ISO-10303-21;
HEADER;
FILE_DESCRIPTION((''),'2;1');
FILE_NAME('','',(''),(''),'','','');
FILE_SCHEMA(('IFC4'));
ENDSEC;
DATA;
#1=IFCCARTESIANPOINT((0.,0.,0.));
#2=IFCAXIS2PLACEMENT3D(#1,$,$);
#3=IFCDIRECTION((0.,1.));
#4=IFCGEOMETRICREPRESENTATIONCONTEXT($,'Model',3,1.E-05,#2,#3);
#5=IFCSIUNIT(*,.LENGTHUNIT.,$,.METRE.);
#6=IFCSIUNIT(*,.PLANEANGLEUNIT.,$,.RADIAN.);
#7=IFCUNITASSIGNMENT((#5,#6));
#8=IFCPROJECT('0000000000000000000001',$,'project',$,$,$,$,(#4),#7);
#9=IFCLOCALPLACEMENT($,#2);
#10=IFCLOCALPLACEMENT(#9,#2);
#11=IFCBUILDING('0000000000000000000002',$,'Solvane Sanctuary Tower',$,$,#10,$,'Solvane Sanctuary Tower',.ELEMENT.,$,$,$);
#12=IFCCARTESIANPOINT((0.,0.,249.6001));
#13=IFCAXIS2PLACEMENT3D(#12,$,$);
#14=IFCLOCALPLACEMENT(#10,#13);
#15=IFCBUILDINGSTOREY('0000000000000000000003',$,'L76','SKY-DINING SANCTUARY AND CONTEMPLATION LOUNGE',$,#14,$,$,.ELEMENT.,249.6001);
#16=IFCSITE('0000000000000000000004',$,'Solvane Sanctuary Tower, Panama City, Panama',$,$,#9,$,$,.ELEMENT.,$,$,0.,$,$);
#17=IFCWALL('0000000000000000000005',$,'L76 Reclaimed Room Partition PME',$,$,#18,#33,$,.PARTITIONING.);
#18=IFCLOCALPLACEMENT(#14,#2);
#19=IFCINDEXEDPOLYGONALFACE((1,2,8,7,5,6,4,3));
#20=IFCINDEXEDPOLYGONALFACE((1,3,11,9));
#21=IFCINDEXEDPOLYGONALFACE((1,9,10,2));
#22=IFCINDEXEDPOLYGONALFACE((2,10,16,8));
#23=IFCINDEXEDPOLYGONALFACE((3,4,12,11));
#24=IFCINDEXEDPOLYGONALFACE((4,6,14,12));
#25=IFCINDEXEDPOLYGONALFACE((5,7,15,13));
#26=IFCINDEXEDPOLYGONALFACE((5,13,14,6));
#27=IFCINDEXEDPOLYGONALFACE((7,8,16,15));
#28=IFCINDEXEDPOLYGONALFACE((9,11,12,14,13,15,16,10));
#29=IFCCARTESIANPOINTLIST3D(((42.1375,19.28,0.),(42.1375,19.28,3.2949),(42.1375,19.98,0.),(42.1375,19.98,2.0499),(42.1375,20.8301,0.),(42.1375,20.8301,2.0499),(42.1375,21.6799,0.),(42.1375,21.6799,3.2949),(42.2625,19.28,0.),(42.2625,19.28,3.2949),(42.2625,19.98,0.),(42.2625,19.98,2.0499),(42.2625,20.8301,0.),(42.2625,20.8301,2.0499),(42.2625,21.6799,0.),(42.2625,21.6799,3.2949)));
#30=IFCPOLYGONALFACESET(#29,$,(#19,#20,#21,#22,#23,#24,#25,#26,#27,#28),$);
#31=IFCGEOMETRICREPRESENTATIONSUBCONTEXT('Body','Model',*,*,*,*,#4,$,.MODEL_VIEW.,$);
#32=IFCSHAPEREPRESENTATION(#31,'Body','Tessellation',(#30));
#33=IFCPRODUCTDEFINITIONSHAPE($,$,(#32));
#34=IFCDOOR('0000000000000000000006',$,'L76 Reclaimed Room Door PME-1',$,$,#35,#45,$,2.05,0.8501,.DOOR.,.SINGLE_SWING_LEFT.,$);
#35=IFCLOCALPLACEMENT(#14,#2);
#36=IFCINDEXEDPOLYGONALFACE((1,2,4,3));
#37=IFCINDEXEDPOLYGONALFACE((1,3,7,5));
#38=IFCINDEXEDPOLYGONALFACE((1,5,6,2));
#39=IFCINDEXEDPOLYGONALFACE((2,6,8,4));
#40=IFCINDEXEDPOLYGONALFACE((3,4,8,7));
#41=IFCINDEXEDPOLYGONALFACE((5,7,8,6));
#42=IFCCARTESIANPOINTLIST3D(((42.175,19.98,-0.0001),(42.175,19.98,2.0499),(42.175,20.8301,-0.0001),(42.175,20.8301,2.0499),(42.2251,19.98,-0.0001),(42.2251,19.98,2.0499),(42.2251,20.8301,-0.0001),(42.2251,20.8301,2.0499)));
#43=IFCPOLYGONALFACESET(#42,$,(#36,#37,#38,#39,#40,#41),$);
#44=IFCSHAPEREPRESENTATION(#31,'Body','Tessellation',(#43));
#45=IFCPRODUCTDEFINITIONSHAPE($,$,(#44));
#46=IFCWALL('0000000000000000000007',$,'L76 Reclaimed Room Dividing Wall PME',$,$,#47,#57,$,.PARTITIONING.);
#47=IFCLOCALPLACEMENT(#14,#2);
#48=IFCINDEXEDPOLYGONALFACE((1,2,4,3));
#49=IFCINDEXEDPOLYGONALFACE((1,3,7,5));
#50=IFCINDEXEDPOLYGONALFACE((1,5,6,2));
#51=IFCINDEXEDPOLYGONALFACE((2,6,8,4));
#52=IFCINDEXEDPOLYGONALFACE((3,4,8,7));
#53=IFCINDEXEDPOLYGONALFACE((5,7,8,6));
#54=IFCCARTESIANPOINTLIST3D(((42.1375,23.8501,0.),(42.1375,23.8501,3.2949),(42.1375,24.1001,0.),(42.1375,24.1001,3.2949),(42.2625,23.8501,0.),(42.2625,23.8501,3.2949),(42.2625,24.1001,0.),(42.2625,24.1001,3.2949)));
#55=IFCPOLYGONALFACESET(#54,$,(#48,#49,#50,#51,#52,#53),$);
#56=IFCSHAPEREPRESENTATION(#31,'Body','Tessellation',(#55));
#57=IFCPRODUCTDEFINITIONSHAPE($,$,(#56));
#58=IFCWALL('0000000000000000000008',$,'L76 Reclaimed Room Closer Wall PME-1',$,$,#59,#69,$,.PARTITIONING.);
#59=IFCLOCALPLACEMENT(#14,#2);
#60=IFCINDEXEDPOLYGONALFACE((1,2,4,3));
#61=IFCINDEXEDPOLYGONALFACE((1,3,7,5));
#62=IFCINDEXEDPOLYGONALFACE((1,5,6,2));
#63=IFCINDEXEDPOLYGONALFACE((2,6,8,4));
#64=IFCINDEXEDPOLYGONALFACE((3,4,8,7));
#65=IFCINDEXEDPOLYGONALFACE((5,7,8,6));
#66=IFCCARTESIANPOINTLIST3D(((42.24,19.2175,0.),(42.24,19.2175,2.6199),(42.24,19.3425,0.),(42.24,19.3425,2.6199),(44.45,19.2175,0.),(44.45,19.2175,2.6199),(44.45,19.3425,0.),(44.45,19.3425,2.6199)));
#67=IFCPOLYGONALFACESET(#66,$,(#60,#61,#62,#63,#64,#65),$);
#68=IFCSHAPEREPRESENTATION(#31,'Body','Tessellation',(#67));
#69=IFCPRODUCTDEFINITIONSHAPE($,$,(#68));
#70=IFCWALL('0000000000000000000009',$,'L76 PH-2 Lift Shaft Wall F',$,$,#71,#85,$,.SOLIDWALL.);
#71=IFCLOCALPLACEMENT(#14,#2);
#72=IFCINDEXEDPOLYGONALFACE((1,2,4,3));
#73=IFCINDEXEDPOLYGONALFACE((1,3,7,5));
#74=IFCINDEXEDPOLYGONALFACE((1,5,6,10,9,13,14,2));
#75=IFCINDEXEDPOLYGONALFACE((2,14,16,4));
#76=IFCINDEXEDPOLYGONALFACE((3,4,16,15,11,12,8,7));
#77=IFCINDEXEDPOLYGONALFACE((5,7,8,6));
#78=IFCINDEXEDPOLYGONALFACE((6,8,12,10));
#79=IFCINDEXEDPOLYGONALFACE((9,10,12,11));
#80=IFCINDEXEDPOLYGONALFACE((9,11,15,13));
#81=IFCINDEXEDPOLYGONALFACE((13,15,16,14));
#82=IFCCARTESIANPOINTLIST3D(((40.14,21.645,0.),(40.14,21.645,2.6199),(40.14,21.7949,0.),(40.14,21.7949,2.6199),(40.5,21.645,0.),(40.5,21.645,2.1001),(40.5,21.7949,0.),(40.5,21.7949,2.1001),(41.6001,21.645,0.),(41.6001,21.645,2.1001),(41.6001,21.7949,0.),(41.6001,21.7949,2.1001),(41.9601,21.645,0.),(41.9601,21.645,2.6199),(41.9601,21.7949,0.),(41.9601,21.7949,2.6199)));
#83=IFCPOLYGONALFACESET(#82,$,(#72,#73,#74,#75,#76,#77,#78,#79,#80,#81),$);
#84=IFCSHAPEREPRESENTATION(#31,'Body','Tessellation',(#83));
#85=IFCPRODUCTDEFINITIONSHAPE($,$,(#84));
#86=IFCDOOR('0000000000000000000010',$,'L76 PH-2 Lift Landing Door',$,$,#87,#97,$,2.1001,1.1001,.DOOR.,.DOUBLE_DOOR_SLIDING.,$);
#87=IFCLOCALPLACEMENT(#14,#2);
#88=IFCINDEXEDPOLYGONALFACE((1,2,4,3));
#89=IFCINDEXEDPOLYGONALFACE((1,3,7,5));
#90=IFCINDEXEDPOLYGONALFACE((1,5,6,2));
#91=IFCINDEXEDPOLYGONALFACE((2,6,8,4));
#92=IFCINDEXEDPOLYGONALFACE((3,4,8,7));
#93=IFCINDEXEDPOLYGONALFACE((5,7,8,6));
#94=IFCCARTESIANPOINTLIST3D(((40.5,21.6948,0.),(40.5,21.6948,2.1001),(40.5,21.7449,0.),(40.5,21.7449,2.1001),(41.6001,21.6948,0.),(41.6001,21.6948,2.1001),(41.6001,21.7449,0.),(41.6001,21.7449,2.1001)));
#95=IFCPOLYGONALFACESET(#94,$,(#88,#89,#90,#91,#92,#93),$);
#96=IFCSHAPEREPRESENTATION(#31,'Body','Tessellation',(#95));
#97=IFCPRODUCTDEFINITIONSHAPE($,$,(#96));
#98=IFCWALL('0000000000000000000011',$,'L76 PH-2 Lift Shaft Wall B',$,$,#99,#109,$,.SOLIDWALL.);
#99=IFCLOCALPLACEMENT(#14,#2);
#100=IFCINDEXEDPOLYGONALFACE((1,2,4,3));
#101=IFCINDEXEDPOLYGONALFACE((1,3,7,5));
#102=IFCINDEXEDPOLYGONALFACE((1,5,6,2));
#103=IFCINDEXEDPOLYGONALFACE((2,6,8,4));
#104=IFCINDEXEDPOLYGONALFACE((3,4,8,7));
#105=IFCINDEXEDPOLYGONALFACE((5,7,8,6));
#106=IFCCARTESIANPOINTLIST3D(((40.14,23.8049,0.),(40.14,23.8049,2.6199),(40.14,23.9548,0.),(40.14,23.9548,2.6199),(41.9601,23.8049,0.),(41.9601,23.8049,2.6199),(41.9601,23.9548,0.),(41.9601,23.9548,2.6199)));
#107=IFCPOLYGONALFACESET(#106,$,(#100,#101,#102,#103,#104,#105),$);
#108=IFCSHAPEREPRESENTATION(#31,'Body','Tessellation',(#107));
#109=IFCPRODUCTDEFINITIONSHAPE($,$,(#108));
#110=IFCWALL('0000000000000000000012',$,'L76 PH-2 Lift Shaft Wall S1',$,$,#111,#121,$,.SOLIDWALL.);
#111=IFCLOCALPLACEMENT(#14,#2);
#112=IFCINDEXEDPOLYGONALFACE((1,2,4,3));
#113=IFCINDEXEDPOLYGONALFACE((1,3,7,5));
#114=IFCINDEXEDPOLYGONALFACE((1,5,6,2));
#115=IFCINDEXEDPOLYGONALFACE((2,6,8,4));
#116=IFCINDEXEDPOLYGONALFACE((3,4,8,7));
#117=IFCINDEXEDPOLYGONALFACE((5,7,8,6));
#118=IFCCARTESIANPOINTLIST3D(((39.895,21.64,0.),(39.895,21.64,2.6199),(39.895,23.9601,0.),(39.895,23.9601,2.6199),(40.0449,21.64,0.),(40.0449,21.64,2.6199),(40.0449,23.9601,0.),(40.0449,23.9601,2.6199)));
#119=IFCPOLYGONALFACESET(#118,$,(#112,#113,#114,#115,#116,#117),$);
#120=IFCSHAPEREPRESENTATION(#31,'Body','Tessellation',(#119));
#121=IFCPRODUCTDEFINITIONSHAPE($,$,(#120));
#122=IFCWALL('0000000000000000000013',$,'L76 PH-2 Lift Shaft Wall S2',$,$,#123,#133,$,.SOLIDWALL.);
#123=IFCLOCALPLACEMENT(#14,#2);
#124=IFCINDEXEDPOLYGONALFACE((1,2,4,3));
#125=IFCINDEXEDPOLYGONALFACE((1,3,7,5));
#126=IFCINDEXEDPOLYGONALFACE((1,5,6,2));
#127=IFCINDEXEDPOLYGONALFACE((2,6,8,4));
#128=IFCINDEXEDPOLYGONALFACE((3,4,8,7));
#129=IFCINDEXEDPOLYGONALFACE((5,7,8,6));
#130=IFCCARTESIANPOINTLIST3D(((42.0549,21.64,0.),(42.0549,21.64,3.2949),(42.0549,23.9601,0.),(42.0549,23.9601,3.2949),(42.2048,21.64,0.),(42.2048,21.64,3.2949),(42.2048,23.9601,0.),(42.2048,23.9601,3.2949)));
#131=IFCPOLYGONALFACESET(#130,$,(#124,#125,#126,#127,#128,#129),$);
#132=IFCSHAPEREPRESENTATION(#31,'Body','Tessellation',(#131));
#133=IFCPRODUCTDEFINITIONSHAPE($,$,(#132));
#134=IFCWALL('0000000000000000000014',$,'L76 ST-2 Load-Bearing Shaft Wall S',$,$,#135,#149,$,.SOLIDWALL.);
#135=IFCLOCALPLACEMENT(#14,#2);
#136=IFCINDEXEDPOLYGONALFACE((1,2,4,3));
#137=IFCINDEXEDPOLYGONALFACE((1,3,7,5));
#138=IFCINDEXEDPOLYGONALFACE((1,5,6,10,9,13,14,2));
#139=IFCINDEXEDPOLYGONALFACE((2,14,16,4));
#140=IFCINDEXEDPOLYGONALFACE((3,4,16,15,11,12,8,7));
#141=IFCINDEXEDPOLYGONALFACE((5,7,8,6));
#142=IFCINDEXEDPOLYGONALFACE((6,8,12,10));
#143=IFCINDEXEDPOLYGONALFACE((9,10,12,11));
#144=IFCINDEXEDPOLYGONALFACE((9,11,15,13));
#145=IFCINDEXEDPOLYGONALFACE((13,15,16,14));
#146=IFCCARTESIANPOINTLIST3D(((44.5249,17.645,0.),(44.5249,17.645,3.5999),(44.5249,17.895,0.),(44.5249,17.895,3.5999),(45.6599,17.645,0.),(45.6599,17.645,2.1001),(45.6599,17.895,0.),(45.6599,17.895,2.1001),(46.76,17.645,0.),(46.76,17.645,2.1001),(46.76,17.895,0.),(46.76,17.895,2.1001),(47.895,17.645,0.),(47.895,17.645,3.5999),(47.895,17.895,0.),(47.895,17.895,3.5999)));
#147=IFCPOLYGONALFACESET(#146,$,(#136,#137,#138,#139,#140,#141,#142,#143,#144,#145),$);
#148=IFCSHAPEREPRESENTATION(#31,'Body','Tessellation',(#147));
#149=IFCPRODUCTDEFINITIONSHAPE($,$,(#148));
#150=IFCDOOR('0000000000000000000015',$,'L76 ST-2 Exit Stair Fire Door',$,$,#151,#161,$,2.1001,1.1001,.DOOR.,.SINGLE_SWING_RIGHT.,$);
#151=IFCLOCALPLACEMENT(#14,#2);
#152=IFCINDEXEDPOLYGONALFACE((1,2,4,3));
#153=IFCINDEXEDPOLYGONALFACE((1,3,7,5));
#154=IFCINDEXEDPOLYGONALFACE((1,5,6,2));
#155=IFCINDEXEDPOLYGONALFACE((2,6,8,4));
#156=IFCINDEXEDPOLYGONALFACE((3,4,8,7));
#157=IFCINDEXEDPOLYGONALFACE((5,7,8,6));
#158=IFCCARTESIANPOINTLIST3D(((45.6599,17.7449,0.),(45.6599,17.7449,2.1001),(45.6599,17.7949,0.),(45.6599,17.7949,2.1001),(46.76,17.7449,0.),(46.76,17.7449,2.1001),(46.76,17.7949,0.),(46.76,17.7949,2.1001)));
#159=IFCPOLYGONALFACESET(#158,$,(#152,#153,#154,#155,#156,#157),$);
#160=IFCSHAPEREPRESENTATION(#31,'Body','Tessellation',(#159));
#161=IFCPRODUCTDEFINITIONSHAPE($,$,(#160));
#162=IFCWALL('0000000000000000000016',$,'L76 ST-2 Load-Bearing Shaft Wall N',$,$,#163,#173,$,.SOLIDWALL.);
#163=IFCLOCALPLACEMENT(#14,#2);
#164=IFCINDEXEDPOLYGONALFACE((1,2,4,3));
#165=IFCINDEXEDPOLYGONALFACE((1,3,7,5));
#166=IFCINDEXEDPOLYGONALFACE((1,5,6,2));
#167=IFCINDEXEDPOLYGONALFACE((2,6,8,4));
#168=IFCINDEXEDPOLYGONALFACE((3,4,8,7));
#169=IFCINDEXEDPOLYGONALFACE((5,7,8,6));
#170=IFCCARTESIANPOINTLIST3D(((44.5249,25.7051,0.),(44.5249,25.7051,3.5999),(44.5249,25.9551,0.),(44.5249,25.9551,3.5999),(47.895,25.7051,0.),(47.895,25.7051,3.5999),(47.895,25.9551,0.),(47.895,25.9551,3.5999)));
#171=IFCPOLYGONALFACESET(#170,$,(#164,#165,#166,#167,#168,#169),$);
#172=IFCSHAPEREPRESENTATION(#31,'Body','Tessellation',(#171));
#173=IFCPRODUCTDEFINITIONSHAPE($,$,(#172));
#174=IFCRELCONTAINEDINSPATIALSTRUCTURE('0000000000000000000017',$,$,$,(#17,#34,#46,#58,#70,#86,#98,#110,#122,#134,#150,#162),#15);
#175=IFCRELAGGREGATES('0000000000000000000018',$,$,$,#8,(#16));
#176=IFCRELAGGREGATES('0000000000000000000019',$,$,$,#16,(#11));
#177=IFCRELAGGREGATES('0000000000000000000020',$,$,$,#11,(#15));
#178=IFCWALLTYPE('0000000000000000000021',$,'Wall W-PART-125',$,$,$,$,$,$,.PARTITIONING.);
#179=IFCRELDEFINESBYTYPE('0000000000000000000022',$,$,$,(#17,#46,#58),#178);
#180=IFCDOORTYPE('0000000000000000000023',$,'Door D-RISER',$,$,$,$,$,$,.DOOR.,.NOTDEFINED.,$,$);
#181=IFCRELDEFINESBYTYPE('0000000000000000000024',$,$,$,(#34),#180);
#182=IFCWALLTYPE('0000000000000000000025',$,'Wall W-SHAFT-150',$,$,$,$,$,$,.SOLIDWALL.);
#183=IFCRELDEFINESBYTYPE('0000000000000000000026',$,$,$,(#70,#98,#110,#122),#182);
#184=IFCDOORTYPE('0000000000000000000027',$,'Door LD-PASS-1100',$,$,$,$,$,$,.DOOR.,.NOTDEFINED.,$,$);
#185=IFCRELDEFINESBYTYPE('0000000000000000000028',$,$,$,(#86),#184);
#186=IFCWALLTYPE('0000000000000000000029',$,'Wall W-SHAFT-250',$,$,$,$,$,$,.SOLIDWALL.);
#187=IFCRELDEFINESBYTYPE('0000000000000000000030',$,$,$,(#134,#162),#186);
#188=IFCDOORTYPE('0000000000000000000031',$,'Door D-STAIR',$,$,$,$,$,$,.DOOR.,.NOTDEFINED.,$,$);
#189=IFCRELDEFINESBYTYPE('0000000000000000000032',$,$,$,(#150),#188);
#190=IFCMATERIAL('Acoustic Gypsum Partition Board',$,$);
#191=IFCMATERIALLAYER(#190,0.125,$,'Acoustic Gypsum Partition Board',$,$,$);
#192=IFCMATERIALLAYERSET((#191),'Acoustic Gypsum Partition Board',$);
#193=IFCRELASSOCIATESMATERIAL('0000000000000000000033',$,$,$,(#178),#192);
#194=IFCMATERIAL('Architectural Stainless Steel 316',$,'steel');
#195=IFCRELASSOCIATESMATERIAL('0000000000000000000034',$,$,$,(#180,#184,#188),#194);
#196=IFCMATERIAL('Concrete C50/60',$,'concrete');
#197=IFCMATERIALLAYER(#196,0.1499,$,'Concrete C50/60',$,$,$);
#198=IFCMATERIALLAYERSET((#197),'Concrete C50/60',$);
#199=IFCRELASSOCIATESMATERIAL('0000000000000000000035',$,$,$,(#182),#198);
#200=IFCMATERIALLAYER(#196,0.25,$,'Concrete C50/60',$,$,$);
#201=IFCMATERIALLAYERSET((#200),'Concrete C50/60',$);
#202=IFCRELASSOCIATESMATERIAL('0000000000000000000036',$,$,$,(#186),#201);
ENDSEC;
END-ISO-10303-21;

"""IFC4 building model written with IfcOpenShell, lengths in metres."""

from ifc_helpers import new_model, si_unit, direction, frame, frame_2d, origin, place, context, subcontext, project, spatial, rectangle, extrude, material, layer, layer_set, type_object, element, fill, save


model = new_model("IFC4")

# Units and contexts
model_context = context("Model", 3, precision=1e-05, world=origin(), true_north=direction((0.0, 1.0)))
body_context = subcontext(model_context, "Body", "Model", "MODEL_VIEW")
ifc_project = project(units=[si_unit("LENGTHUNIT", "METRE"), si_unit("PLANEANGLEUNIT", "RADIAN")], contexts=[model_context])

# Site, building, storey
site_placement = place(None, origin())
site = spatial("IfcSite", under=ifc_project, at=site_placement, Name="Solvane Sanctuary Tower, Panama City, Panama", CompositionType="ELEMENT", RefElevation=0.0)
building_placement = place(site_placement, origin())
building = spatial("IfcBuilding", under=site, at=building_placement, Name="Solvane Sanctuary Tower", LongName="Solvane Sanctuary Tower", CompositionType="ELEMENT")
storey_placement = place(building_placement, frame((0.0, 0.0, 249.6001)))
storey = spatial("IfcBuildingStorey", under=building, at=storey_placement, Name="L76", Description="SKY-DINING SANCTUARY AND CONTEMPLATION LOUNGE", CompositionType="ELEMENT", Elevation=249.6001)

# Shared definitions
ifc_material_1 = material(Name="Acoustic Gypsum Partition Board")

# Shared definitions
ifc_material_2 = material(Name="Architectural Stainless Steel 316", Category="steel")

# Wall, opening, door
ifc_layer_1 = layer(ifc_material_1, 0.125, Name="Acoustic Gypsum Partition Board")
ifc_layer_set_1 = layer_set([ifc_layer_1], Name="Acoustic Gypsum Partition Board")
wall_type_1 = type_object("IfcWallType", Name="Wall W-PART-125", PredefinedType="PARTITIONING", material=ifc_layer_set_1)
door_type_1 = type_object("IfcDoorType", Name="Door D-RISER", OperationType="NOTDEFINED", PredefinedType="DOOR", material=ifc_material_2)
wall_1_placement = place(storey_placement, frame((42.2, 19.28, 0.0), z_axis=(0.0, 0.0, 1.0), x_axis=(0.0, 1.0, 0.0)))
wall_1 = element("IfcWall", 1, at=wall_1_placement, inside=storey, type_object=wall_type_1, Name="L76 Reclaimed Room Partition PME", PredefinedType="PARTITIONING", context=body_context, shape_type="SweptSolid", body=[
    extrude(rectangle(XDim=2.3999, YDim=0.125, at=frame_2d((1.2, 0.0))), origin(), (0.0, 0.0, 1.0), 3.2949),
])
opening_1_placement = place(wall_1_placement, frame((0.7, 0.0, 0.0)))
opening_1 = element("IfcOpeningElement", 2, at=opening_1_placement, cuts=wall_1, PredefinedType="OPENING", context=body_context, shape_type="SweptSolid", body=[
    extrude(rectangle(XDim=0.8501, YDim=2.05, at=frame_2d((0.425, 1.0249))), frame((0.0, 0.0725, 0.0), z_axis=(0.0, -1.0, 0.0), x_axis=(1.0, 0.0, 0.0)), (0.0, 0.0, 1.0), 0.145),
])
door_1_placement = place(opening_1_placement, origin())
door_1 = element("IfcDoor", 3, at=door_1_placement, inside=storey, type_object=door_type_1, Name="L76 Reclaimed Room Door PME-1", OperationType="SINGLE_SWING_LEFT", OverallHeight=2.05, OverallWidth=0.8501, PredefinedType="DOOR", context=body_context, shape_type="SweptSolid", body=[
    extrude(rectangle(XDim=0.8501, YDim=2.05, at=frame_2d((0.425, 1.0249))), frame((0.0, 0.0249, 0.0), z_axis=(0.0, -1.0, 0.0), x_axis=(1.0, 0.0, 0.0)), (0.0, 0.0, 1.0), 0.05),
])
fill(opening_1, door_1)

# Walls
wall_2_placement = place(storey_placement, frame((42.2, 23.8501, 0.0), z_axis=(0.0, 0.0, 1.0), x_axis=(0.0, 1.0, 0.0)))
element("IfcWall", 4, at=wall_2_placement, inside=storey, type_object=wall_type_1, Name="L76 Reclaimed Room Dividing Wall PME", PredefinedType="PARTITIONING", context=body_context, shape_type="SweptSolid", body=[
    extrude(rectangle(XDim=0.25, YDim=0.125, at=frame_2d((0.125, 0.0))), origin(), (0.0, 0.0, 1.0), 3.2949),
])
wall_3_placement = place(storey_placement, frame((42.24, 19.28, 0.0), z_axis=(0.0, 0.0, 1.0), x_axis=(1.0, 0.0, 0.0)))
element("IfcWall", 5, at=wall_3_placement, inside=storey, type_object=wall_type_1, Name="L76 Reclaimed Room Closer Wall PME-1", PredefinedType="PARTITIONING", context=body_context, shape_type="SweptSolid", body=[
    extrude(rectangle(XDim=2.21, YDim=0.125, at=frame_2d((1.105, 0.0))), origin(), (0.0, 0.0, 1.0), 2.6199),
])

# Wall, opening, door
ifc_material_3 = material(Name="Concrete C50/60", Category="concrete")
ifc_layer_2 = layer(ifc_material_3, 0.1499, Name="Concrete C50/60")
ifc_layer_set_2 = layer_set([ifc_layer_2], Name="Concrete C50/60")
wall_type_2 = type_object("IfcWallType", Name="Wall W-SHAFT-150", PredefinedType="SOLIDWALL", material=ifc_layer_set_2)
wall_4_placement = place(storey_placement, frame((40.1399, 21.72, 0.0), z_axis=(0.0, 0.0, 1.0), x_axis=(1.0, 0.0, 0.0)))
wall_4 = element("IfcWall", 6, at=wall_4_placement, inside=storey, type_object=wall_type_2, Name="L76 PH-2 Lift Shaft Wall F", PredefinedType="SOLIDWALL", context=body_context, shape_type="SweptSolid", body=[
    extrude(rectangle(XDim=1.8201, YDim=0.1499, at=frame_2d((0.9102, 0.0))), origin(), (0.0, 0.0, 1.0), 2.6199),
])
opening_2_placement = place(wall_4_placement, frame((0.3601, 0.0, 0.0)))
opening_2 = element("IfcOpeningElement", 7, at=opening_2_placement, cuts=wall_4, PredefinedType="OPENING", context=body_context, shape_type="SweptSolid", body=[
    extrude(rectangle(XDim=1.1001, YDim=2.1001, at=frame_2d((0.55, 1.05))), frame((0.0, 0.085, 0.0), z_axis=(0.0, -1.0, 0.0), x_axis=(1.0, 0.0, 0.0)), (0.0, 0.0, 1.0), 0.1699),
])
door_type_2 = type_object("IfcDoorType", Name="Door LD-PASS-1100", OperationType="NOTDEFINED", PredefinedType="DOOR", material=ifc_material_2)
door_2_placement = place(opening_2_placement, origin())
door_2 = element("IfcDoor", 8, at=door_2_placement, inside=storey, type_object=door_type_2, Name="L76 PH-2 Lift Landing Door", OperationType="DOUBLE_DOOR_SLIDING", OverallHeight=2.1001, OverallWidth=1.1001, PredefinedType="DOOR", context=body_context, shape_type="SweptSolid", body=[
    extrude(rectangle(XDim=1.1001, YDim=2.1001, at=frame_2d((0.55, 1.05))), frame((0.0, 0.0249, 0.0), z_axis=(0.0, -1.0, 0.0), x_axis=(1.0, 0.0, 0.0)), (0.0, 0.0, 1.0), 0.05),
])
fill(opening_2, door_2)

# Walls
wall_5_placement = place(storey_placement, frame((40.1399, 23.8799, 0.0), z_axis=(0.0, 0.0, 1.0), x_axis=(1.0, 0.0, 0.0)))
element("IfcWall", 9, at=wall_5_placement, inside=storey, type_object=wall_type_2, Name="L76 PH-2 Lift Shaft Wall B", PredefinedType="SOLIDWALL", context=body_context, shape_type="SweptSolid", body=[
    extrude(rectangle(XDim=1.8201, YDim=0.1499, at=frame_2d((0.9102, 0.0))), origin(), (0.0, 0.0, 1.0), 2.6199),
])
wall_6_placement = place(storey_placement, frame((39.97, 21.6399, 0.0), z_axis=(0.0, 0.0, 1.0), x_axis=(0.0, 1.0, 0.0)))
element("IfcWall", 10, at=wall_6_placement, inside=storey, type_object=wall_type_2, Name="L76 PH-2 Lift Shaft Wall S1", PredefinedType="SOLIDWALL", context=body_context, shape_type="SweptSolid", body=[
    extrude(rectangle(XDim=2.3201, YDim=0.1499, at=frame_2d((1.1602, 0.0))), origin(), (0.0, 0.0, 1.0), 2.6199),
])
wall_7_placement = place(storey_placement, frame((42.1299, 21.6399, 0.0), z_axis=(0.0, 0.0, 1.0), x_axis=(0.0, 1.0, 0.0)))
element("IfcWall", 11, at=wall_7_placement, inside=storey, type_object=wall_type_2, Name="L76 PH-2 Lift Shaft Wall S2", PredefinedType="SOLIDWALL", context=body_context, shape_type="SweptSolid", body=[
    extrude(rectangle(XDim=2.3201, YDim=0.1499, at=frame_2d((1.1602, 0.0))), origin(), (0.0, 0.0, 1.0), 3.2949),
])

# Wall, opening, door
ifc_layer_3 = layer(ifc_material_3, 0.25, Name="Concrete C50/60")
ifc_layer_set_3 = layer_set([ifc_layer_3], Name="Concrete C50/60")
wall_type_3 = type_object("IfcWallType", Name="Wall W-SHAFT-250", PredefinedType="SOLIDWALL", material=ifc_layer_set_3)
wall_8_placement = place(storey_placement, frame((44.5249, 17.77, 0.0), z_axis=(0.0, 0.0, 1.0), x_axis=(1.0, 0.0, 0.0)))
wall_8 = element("IfcWall", 12, at=wall_8_placement, inside=storey, type_object=wall_type_3, Name="L76 ST-2 Load-Bearing Shaft Wall S", PredefinedType="SOLIDWALL", context=body_context, shape_type="SweptSolid", body=[
    extrude(rectangle(XDim=3.3701, YDim=0.25, at=frame_2d((1.6851, 0.0))), origin(), (0.0, 0.0, 1.0), 3.5999),
])
opening_3_placement = place(wall_8_placement, frame((1.135, 0.0, 0.0)))
opening_3 = element("IfcOpeningElement", 13, at=opening_3_placement, cuts=wall_8, PredefinedType="OPENING", context=body_context, shape_type="SweptSolid", body=[
    extrude(rectangle(XDim=1.1001, YDim=2.1001, at=frame_2d((0.55, 1.05))), frame((0.0, 0.135, 0.0), z_axis=(0.0, -1.0, 0.0), x_axis=(1.0, 0.0, 0.0)), (0.0, 0.0, 1.0), 0.27),
])
door_type_3 = type_object("IfcDoorType", Name="Door D-STAIR", OperationType="NOTDEFINED", PredefinedType="DOOR", material=ifc_material_2)
door_3_placement = place(opening_3_placement, origin())
door_3 = element("IfcDoor", 14, at=door_3_placement, inside=storey, type_object=door_type_3, Name="L76 ST-2 Exit Stair Fire Door", OperationType="SINGLE_SWING_RIGHT", OverallHeight=2.1001, OverallWidth=1.1001, PredefinedType="DOOR", context=body_context, shape_type="SweptSolid", body=[
    extrude(rectangle(XDim=1.1001, YDim=2.1001, at=frame_2d((0.55, 1.05))), frame((0.0, 0.0249, 0.0), z_axis=(0.0, -1.0, 0.0), x_axis=(1.0, 0.0, 0.0)), (0.0, 0.0, 1.0), 0.05),
])
fill(opening_3, door_3)

# Wall
wall_9_placement = place(storey_placement, frame((44.5249, 25.8301, 0.0), z_axis=(0.0, 0.0, 1.0), x_axis=(1.0, 0.0, 0.0)))
element("IfcWall", 15, at=wall_9_placement, inside=storey, type_object=wall_type_3, Name="L76 ST-2 Load-Bearing Shaft Wall N", PredefinedType="SOLIDWALL", context=body_context, shape_type="SweptSolid", body=[
    extrude(rectangle(XDim=3.3701, YDim=0.25, at=frame_2d((1.6851, 0.0))), origin(), (0.0, 0.0, 1.0), 3.5999),
])

save(model, "model.ifc")
